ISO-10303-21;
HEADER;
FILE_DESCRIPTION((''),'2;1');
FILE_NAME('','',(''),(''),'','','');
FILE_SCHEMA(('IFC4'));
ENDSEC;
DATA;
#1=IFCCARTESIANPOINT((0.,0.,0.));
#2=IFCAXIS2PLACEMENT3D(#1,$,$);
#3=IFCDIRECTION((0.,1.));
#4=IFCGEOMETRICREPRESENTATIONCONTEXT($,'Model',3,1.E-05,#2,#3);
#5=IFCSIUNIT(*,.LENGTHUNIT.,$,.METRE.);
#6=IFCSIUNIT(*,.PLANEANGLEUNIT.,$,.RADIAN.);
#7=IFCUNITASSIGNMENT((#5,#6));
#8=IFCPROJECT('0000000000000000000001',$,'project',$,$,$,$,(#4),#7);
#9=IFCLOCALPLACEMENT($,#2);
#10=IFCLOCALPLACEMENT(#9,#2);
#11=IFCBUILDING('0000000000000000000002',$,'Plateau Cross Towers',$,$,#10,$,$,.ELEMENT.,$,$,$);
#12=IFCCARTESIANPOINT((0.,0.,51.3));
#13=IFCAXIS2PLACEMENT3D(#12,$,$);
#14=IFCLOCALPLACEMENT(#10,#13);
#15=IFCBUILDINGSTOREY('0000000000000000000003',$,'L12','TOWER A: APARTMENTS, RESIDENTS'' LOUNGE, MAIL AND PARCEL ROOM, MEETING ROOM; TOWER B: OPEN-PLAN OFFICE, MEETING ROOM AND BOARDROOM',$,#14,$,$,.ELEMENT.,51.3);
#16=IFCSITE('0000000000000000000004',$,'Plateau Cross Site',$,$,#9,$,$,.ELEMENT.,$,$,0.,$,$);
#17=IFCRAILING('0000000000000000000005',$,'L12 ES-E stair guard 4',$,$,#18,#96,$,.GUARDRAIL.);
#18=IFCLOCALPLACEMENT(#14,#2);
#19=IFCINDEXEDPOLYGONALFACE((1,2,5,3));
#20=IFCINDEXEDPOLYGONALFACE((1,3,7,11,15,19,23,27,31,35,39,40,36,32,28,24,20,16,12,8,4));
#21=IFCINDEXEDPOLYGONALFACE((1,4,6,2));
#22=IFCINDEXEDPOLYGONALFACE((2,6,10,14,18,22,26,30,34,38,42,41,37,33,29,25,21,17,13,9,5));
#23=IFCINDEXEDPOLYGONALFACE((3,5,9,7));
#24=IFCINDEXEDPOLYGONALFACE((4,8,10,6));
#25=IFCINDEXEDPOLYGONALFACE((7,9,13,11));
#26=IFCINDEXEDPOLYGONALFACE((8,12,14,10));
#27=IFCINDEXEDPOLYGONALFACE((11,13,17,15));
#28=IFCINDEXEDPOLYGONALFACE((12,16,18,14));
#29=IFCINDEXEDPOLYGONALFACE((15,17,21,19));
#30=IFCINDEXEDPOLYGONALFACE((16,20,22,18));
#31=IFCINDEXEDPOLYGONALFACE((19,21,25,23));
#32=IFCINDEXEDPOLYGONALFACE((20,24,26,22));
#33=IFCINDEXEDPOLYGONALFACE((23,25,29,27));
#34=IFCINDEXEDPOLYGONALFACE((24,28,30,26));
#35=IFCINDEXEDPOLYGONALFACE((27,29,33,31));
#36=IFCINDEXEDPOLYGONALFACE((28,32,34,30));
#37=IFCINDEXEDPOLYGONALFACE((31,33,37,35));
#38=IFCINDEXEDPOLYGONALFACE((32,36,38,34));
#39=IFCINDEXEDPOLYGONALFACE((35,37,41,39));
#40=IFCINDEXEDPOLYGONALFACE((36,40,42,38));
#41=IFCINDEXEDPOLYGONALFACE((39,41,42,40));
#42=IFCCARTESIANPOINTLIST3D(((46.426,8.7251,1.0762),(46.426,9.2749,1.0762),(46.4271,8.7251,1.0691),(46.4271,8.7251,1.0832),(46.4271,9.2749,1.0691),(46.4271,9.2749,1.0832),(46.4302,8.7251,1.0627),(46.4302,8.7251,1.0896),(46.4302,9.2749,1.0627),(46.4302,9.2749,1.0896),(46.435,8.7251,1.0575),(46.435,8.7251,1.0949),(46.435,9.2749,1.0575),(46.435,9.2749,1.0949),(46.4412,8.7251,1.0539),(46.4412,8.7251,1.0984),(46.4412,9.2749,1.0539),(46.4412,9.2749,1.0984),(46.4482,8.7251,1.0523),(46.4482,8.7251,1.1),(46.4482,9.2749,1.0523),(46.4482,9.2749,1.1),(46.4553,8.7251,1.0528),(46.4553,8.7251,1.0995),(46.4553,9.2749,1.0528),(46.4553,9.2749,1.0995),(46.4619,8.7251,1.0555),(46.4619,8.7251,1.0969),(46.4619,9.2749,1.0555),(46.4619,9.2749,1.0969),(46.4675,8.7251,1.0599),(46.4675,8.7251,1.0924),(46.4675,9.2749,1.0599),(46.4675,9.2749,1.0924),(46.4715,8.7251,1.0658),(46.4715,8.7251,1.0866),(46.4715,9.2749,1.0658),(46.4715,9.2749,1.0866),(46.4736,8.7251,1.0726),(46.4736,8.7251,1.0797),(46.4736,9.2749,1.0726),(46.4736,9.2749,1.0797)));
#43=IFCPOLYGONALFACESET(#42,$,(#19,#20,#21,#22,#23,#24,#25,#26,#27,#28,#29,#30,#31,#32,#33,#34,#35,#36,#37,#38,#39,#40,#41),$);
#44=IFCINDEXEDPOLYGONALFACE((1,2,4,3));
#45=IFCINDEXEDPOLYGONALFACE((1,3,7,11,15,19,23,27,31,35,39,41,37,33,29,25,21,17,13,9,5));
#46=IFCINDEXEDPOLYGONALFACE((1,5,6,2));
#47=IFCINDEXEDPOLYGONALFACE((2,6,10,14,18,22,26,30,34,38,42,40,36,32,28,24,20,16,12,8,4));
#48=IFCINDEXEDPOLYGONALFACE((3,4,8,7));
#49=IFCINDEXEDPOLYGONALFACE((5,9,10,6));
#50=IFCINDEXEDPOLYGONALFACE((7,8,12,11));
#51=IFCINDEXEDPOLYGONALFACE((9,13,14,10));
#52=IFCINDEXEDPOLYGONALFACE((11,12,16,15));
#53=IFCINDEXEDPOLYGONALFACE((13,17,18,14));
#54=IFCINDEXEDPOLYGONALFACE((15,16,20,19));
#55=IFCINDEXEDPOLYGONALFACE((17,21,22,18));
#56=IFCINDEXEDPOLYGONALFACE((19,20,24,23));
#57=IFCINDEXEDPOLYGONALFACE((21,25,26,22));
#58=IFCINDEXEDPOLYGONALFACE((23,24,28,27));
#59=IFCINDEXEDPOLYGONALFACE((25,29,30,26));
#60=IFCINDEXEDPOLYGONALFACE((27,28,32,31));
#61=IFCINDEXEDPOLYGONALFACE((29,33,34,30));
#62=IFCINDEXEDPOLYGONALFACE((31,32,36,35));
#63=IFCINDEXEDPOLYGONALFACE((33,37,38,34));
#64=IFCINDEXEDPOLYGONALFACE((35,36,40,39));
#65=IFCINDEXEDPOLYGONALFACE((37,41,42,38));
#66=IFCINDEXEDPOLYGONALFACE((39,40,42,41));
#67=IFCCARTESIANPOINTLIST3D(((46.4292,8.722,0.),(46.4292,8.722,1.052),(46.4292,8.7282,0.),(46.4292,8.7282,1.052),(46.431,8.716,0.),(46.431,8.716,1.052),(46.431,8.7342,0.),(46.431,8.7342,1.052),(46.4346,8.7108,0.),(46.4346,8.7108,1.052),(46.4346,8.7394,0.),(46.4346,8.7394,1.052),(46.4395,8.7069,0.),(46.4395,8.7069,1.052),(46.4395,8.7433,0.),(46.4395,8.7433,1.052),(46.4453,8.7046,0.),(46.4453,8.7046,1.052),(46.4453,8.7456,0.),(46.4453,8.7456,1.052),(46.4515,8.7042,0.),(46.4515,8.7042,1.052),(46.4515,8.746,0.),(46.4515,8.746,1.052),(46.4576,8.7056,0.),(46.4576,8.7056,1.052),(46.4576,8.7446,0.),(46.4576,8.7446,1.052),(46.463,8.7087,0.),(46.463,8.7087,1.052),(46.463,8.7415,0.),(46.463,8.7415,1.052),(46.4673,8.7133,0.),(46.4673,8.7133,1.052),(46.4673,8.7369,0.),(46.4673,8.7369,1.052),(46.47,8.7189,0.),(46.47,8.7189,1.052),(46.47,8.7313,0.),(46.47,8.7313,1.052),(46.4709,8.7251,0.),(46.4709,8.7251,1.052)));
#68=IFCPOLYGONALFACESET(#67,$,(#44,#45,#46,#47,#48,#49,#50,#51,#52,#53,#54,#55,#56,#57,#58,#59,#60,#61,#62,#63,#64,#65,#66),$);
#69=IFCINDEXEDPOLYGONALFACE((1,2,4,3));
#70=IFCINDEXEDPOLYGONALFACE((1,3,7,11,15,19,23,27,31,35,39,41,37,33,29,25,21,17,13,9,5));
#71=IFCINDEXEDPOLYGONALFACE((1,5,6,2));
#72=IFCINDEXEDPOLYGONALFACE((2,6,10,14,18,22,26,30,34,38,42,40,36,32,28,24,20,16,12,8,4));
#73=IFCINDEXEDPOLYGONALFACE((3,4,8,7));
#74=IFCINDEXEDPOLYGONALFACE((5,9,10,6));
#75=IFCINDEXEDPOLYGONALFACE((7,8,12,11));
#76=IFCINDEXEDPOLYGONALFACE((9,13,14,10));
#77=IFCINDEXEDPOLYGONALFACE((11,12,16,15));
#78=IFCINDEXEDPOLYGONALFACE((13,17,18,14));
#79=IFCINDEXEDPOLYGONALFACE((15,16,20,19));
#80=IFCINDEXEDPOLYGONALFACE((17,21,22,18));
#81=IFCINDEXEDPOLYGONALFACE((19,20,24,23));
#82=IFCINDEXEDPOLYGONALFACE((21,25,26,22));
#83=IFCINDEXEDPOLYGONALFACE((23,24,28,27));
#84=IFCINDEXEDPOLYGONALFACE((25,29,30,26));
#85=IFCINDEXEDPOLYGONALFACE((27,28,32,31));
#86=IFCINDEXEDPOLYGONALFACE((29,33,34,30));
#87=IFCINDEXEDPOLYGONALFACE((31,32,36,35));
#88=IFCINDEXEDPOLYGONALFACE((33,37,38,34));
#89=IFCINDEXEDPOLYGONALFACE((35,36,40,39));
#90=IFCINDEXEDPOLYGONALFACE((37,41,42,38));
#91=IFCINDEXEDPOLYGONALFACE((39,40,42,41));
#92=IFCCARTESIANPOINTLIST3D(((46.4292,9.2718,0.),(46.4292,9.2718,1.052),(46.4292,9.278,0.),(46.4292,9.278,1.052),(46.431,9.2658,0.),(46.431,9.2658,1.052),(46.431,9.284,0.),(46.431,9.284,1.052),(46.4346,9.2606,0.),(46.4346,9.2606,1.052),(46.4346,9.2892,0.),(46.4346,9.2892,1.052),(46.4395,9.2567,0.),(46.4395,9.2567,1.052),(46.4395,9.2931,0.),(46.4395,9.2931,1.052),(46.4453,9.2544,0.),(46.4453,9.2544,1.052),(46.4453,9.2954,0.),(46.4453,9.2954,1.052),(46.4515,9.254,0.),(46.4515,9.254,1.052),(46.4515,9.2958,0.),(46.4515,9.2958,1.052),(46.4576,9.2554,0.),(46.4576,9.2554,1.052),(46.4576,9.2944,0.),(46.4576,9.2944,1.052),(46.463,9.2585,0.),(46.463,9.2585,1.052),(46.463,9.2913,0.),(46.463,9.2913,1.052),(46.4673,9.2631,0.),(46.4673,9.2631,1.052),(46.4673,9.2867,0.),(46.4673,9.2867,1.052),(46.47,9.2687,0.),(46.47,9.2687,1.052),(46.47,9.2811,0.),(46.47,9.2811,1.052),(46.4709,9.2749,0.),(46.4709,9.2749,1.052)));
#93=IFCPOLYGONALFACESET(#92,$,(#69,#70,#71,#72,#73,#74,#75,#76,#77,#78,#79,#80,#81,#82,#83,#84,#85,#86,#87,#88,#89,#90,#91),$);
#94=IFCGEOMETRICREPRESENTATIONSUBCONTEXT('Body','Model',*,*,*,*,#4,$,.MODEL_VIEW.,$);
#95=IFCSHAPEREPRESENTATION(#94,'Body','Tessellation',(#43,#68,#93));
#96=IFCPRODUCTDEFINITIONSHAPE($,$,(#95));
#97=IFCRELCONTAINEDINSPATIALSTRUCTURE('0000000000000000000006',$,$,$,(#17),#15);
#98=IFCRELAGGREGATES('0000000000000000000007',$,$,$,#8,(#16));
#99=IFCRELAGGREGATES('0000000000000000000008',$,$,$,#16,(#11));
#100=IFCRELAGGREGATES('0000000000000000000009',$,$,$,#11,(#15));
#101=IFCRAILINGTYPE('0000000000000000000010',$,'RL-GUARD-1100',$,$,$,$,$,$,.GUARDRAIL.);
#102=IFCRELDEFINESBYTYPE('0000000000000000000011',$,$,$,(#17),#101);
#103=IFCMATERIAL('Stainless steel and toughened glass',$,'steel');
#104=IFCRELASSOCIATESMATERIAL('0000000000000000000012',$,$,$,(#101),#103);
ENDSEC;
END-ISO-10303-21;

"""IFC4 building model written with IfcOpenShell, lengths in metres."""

from ifc_helpers import new_model, si_unit, direction, frame, origin, origin_2d, place, context, subcontext, project, spatial, circle, extrude, material, type_object, element, save


model = new_model("IFC4")

# Units and contexts
model_context = context("Model", 3, precision=1e-05, world=origin(), true_north=direction((0.0, 1.0)))
body_context = subcontext(model_context, "Body", "Model", "MODEL_VIEW")
ifc_project = project(units=[si_unit("LENGTHUNIT", "METRE"), si_unit("PLANEANGLEUNIT", "RADIAN")], contexts=[model_context])

# Site, building, storey
site_placement = place(None, origin())
site = spatial("IfcSite", under=ifc_project, at=site_placement, Name="Plateau Cross Site", CompositionType="ELEMENT", RefElevation=0.0)
building_placement = place(site_placement, origin())
building = spatial("IfcBuilding", under=site, at=building_placement, Name="Plateau Cross Towers", CompositionType="ELEMENT")
storey_placement = place(building_placement, frame((0.0, 0.0, 51.3)))
storey = spatial("IfcBuildingStorey", under=building, at=storey_placement, Name="L12", Description="TOWER A: APARTMENTS, RESIDENTS' LOUNGE, MAIL AND PARCEL ROOM, MEETING ROOM; TOWER B: OPEN-PLAN OFFICE, MEETING ROOM AND BOARDROOM", CompositionType="ELEMENT", Elevation=51.3)

# Railing
ifc_material_1 = material(Name="Stainless steel and toughened glass", Category="steel")
railing_type_1 = type_object("IfcRailingType", Name="RL-GUARD-1100", PredefinedType="GUARDRAIL", material=ifc_material_1)
railing_1_placement = place(storey_placement, frame((46.45, 8.7251, 0.0)))
element("IfcRailing", 1, at=railing_1_placement, inside=storey, type_object=railing_type_1, Name="L12 ES-E stair guard 4", PredefinedType="GUARDRAIL", context=body_context, shape_type="SweptSolid", body=[
    extrude(circle(Radius=0.0239, at=origin_2d()), frame((0.0, 0.0, 1.0762), z_axis=(0.0, 1.0, 0.0), x_axis=(-1.0, 0.0, 0.0)), (0.0, 0.0, 1.0), 0.5498),
    extrude(circle(Radius=0.021, at=origin_2d()), origin(), (0.0, 0.0, 1.0), 1.052),
    extrude(circle(Radius=0.021, at=origin_2d()), frame((0.0, 0.5498, 0.0)), (0.0, 0.0, 1.0), 1.052),
])

save(model, "model.ifc")
